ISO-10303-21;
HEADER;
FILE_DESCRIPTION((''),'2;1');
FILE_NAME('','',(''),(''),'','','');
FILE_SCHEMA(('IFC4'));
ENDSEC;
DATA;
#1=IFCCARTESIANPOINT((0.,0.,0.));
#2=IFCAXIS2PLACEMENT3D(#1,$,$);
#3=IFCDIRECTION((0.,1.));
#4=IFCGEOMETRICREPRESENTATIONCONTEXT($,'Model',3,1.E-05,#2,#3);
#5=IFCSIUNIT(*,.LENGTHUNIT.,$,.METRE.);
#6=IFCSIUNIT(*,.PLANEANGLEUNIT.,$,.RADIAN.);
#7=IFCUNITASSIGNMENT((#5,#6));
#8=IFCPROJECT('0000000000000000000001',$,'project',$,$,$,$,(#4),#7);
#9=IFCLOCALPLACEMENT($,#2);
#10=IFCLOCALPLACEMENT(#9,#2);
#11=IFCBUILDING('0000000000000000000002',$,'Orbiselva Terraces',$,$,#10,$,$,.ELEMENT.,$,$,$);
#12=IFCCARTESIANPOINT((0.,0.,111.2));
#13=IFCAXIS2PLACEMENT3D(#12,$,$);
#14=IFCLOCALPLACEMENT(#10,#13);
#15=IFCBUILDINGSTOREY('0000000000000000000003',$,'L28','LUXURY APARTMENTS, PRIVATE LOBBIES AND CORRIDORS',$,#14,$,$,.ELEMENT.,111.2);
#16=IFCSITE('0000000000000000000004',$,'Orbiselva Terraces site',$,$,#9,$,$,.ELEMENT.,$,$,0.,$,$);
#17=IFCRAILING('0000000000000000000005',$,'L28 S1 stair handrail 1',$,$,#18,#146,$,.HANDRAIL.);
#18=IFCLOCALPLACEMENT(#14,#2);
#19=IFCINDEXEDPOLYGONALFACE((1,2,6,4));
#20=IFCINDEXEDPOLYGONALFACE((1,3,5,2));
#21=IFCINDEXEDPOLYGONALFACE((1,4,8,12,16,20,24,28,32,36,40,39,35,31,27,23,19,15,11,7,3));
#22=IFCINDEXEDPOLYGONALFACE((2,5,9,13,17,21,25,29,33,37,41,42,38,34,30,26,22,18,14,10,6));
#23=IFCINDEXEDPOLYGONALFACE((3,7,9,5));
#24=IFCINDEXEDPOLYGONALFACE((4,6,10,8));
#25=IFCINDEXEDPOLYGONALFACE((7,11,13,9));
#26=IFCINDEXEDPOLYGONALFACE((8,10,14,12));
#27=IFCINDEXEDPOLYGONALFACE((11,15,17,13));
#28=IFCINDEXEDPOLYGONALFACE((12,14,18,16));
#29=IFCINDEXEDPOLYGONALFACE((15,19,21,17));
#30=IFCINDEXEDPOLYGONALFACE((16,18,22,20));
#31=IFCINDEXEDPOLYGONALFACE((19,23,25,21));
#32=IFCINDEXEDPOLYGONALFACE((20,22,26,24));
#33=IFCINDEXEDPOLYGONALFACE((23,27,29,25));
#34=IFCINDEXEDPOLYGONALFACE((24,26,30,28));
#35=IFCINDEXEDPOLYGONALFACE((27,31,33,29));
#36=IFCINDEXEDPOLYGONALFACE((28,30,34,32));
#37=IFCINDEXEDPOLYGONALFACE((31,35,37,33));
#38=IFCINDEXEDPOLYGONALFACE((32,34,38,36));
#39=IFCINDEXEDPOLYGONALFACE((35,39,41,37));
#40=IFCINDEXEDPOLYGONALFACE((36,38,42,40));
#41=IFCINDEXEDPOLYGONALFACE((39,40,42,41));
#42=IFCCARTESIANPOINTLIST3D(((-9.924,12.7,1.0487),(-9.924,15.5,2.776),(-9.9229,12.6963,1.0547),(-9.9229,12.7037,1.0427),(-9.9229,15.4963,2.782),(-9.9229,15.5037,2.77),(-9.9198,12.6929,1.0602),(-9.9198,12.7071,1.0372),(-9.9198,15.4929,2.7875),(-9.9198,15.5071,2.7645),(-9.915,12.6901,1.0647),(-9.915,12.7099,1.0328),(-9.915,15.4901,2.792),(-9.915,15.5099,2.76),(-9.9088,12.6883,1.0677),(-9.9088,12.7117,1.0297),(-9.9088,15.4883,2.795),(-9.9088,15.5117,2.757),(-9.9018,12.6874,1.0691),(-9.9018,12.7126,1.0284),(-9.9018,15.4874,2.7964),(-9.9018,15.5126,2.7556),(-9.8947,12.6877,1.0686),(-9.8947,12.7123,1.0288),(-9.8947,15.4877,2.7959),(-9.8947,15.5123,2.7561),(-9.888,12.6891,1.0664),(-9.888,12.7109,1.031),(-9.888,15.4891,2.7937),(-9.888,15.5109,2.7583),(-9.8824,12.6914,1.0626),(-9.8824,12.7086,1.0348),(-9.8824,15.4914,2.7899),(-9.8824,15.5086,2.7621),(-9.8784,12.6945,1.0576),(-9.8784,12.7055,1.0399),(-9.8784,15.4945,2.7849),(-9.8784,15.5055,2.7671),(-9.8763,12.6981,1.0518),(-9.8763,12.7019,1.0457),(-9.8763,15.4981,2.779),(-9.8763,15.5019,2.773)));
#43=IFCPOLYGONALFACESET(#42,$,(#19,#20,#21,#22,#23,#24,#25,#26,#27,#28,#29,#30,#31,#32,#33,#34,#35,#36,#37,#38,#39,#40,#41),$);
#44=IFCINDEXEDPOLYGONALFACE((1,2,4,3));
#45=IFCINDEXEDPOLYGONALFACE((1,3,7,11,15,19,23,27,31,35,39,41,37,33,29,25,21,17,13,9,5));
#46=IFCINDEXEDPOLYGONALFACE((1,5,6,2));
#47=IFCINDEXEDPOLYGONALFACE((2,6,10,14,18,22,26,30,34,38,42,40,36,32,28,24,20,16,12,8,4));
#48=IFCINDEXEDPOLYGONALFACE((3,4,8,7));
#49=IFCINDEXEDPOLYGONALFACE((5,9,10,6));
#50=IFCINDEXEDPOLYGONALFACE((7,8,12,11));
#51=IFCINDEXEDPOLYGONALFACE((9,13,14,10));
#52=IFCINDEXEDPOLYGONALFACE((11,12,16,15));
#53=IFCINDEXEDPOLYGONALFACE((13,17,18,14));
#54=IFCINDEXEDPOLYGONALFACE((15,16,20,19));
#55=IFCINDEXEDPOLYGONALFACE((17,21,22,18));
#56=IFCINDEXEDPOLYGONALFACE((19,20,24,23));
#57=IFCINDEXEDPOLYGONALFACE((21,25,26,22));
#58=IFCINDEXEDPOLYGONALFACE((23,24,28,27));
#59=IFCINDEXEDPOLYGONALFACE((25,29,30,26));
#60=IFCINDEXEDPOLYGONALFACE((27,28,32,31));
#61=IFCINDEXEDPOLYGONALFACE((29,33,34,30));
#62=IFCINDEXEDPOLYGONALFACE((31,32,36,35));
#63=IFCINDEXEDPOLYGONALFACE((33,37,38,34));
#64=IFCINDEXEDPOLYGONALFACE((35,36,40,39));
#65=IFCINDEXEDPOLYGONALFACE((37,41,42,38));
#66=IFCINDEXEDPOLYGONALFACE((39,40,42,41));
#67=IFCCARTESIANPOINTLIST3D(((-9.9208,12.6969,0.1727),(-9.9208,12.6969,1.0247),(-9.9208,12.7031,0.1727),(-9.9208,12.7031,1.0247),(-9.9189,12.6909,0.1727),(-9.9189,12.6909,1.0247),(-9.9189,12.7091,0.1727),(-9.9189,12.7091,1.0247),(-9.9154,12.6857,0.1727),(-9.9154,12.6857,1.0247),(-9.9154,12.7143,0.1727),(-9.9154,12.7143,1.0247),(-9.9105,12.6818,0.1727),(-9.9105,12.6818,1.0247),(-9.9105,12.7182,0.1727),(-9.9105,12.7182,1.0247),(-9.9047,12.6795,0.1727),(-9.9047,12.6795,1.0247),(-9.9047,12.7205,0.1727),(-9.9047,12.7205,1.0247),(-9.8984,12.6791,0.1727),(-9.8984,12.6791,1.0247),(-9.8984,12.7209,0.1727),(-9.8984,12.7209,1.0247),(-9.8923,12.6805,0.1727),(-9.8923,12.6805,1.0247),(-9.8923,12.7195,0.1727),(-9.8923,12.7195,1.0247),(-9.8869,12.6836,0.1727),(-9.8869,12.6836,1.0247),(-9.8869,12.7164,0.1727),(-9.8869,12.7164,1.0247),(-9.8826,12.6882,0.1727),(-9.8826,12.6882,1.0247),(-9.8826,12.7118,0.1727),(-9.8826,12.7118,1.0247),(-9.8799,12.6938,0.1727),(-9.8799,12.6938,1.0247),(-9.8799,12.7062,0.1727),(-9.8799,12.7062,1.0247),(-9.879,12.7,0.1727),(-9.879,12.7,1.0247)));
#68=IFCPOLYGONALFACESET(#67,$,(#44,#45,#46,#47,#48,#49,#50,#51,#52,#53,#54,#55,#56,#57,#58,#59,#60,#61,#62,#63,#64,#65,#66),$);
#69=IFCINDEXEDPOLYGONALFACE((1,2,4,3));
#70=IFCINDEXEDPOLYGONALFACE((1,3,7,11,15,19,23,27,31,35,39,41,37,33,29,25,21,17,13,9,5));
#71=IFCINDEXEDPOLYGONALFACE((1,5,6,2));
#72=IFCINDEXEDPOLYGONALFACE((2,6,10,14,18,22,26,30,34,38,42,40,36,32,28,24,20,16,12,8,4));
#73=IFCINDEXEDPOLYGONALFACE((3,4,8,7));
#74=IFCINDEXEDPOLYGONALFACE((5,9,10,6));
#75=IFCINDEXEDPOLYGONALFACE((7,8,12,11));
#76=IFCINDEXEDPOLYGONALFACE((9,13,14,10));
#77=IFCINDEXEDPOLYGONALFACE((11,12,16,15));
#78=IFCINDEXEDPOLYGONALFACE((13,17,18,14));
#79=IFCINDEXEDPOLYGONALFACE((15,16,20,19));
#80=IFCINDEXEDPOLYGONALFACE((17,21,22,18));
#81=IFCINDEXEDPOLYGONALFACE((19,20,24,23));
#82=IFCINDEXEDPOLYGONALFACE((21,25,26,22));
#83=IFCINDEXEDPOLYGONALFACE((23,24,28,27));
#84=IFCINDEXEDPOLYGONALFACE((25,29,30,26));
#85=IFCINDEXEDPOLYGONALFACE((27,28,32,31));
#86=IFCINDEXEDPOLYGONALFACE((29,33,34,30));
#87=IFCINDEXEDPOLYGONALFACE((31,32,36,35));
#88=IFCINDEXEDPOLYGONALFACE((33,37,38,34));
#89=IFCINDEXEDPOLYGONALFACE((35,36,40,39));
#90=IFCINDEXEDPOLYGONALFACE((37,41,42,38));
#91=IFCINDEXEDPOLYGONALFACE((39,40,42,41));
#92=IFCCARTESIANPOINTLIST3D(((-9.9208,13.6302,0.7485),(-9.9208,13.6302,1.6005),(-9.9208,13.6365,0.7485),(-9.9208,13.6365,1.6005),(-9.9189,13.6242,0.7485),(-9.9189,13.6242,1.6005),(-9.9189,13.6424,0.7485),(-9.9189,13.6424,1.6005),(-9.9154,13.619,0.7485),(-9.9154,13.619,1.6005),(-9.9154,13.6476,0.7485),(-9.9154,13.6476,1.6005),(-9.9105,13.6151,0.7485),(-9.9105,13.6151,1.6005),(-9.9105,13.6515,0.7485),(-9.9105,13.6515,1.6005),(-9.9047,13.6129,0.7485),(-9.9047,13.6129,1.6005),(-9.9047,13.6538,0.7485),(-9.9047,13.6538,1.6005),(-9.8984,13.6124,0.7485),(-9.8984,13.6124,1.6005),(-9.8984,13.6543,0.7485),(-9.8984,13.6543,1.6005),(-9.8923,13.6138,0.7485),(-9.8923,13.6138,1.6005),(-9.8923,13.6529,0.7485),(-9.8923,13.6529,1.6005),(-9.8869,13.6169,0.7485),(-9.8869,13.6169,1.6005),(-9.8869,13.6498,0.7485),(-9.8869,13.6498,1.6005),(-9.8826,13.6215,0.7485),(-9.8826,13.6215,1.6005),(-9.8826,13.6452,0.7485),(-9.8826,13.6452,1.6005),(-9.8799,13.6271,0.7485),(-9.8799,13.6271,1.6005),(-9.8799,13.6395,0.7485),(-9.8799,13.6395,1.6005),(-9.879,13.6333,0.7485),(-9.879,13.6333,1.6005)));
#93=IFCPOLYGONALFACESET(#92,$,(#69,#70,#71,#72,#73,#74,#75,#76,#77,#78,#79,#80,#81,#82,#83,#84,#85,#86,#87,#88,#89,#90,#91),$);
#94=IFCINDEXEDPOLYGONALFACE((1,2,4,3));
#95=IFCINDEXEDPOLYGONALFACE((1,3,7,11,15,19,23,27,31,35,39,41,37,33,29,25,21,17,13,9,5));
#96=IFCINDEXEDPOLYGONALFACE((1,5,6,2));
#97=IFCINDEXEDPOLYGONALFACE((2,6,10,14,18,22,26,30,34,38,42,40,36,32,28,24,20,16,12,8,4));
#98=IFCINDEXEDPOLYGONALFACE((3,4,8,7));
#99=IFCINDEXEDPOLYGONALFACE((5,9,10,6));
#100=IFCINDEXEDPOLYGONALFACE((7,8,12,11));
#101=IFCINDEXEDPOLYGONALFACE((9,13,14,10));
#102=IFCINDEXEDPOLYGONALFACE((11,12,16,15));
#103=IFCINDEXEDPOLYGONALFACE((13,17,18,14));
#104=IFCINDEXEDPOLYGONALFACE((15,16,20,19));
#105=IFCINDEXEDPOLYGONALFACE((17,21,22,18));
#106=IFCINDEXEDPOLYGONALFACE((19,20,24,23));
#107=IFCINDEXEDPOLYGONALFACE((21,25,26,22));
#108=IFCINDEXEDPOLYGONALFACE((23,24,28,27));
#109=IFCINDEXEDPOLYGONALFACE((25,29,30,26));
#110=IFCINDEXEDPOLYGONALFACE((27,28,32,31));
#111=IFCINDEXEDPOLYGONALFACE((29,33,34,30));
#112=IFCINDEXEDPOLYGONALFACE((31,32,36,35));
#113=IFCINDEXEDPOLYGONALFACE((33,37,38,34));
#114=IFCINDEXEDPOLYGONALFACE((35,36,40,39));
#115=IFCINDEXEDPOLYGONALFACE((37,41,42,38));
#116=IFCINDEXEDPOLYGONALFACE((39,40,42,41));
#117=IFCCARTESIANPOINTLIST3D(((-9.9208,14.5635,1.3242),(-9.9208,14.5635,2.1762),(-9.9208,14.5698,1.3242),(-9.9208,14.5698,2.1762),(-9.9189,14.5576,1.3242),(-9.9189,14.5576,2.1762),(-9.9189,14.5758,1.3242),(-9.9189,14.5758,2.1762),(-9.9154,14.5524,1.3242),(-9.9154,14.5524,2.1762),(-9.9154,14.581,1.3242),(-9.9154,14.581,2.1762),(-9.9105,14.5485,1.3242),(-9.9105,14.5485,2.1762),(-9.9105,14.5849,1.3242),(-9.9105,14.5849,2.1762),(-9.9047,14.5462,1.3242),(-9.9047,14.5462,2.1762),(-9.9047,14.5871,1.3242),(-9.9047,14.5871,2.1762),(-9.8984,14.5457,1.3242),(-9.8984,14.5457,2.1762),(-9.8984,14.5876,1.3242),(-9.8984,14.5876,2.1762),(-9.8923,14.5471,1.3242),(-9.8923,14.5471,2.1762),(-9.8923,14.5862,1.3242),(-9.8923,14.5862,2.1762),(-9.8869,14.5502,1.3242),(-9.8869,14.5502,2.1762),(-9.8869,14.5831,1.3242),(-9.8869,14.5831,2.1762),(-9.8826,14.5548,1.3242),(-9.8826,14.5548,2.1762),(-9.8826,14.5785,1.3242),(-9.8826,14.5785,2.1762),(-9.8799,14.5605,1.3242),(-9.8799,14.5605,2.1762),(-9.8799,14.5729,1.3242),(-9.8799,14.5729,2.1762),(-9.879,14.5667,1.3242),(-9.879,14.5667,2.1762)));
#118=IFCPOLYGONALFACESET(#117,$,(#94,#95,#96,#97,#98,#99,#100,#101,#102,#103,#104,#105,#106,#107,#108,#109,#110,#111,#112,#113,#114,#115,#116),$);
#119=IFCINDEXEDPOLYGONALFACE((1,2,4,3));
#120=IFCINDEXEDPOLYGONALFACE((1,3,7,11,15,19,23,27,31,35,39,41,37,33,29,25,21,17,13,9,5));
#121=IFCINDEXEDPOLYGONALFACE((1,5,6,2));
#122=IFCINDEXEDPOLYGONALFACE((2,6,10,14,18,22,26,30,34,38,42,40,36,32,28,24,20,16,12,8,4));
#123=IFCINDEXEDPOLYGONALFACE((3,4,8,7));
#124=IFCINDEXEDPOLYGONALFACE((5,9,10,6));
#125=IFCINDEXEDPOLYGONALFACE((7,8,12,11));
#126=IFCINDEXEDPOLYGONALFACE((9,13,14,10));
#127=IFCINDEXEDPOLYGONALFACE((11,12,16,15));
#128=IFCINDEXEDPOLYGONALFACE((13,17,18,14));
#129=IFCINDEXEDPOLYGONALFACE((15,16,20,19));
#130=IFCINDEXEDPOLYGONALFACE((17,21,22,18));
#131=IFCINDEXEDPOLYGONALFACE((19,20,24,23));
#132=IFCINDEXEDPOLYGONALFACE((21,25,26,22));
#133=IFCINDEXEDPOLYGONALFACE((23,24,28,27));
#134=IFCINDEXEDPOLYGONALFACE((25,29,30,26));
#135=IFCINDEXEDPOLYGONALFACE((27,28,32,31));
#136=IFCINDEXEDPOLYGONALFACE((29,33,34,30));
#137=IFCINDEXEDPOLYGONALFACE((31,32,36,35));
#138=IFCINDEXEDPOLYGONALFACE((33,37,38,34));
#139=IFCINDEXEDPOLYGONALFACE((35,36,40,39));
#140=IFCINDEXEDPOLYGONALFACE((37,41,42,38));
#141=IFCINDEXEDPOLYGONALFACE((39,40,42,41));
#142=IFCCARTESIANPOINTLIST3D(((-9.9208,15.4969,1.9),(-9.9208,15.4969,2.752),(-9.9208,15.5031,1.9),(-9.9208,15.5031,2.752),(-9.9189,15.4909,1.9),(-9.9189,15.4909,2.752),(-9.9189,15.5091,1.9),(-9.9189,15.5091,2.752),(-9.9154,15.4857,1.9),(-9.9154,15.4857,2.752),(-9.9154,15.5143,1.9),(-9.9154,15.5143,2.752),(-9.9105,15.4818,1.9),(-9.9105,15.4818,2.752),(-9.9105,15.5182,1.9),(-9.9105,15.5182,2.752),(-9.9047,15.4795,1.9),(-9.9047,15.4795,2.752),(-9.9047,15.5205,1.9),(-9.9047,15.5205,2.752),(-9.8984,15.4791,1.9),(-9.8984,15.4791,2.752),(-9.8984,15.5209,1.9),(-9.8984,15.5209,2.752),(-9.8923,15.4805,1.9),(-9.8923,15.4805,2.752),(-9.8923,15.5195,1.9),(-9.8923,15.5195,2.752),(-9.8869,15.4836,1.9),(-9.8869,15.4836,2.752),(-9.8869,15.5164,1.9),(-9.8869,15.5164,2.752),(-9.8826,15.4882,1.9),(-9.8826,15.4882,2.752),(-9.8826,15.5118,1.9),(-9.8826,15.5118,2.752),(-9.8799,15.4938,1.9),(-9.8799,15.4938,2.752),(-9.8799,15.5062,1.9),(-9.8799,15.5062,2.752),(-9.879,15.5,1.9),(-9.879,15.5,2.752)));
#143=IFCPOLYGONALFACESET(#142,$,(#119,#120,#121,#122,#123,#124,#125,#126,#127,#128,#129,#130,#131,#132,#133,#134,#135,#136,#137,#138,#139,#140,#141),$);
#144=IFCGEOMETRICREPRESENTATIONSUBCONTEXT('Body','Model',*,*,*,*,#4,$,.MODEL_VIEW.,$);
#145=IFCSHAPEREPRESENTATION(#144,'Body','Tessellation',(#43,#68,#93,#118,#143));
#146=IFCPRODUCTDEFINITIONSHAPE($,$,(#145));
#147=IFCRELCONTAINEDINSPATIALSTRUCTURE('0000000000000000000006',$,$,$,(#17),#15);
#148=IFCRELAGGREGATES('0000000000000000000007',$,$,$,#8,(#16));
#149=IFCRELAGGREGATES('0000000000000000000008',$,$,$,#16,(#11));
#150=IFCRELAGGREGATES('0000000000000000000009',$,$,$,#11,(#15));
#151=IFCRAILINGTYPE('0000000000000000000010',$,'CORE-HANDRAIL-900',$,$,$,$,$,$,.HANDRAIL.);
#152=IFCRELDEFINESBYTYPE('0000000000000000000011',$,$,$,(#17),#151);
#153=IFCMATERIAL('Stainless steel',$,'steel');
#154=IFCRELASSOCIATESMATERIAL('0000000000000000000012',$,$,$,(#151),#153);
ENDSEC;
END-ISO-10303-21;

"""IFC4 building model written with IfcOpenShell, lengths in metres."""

from ifc_helpers import new_model, si_unit, direction, frame, origin, origin_2d, place, context, subcontext, project, spatial, circle, extrude, material, type_object, element, save


model = new_model("IFC4")

# Units and contexts
model_context = context("Model", 3, precision=1e-05, world=origin(), true_north=direction((0.0, 1.0)))
body_context = subcontext(model_context, "Body", "Model", "MODEL_VIEW")
ifc_project = project(units=[si_unit("LENGTHUNIT", "METRE"), si_unit("PLANEANGLEUNIT", "RADIAN")], contexts=[model_context])

# Site, building, storey
site_placement = place(None, origin())
site = spatial("IfcSite", under=ifc_project, at=site_placement, Name="Orbiselva Terraces site", CompositionType="ELEMENT", RefElevation=0.0)
building_placement = place(site_placement, origin())
building = spatial("IfcBuilding", under=site, at=building_placement, Name="Orbiselva Terraces", CompositionType="ELEMENT")
storey_placement = place(building_placement, frame((0.0, 0.0, 111.2)))
storey = spatial("IfcBuildingStorey", under=building, at=storey_placement, Name="L28", Description="LUXURY APARTMENTS, PRIVATE LOBBIES AND CORRIDORS", CompositionType="ELEMENT", Elevation=111.2)

# Railing
ifc_material_1 = material(Name="Stainless steel", Category="steel")
railing_type_1 = type_object("IfcRailingType", Name="CORE-HANDRAIL-900", PredefinedType="HANDRAIL", material=ifc_material_1)
railing_1_placement = place(storey_placement, frame((-9.9, 12.7, 0.1727)))
element("IfcRailing", 1, at=railing_1_placement, inside=storey, type_object=railing_type_1, Name="L28 S1 stair handrail 1", PredefinedType="HANDRAIL", context=body_context, shape_type="SweptSolid", body=[
    extrude(circle(Radius=0.024, at=origin_2d()), frame((0.0, 0.0, 0.876), z_axis=(0.0, 0.851089, 0.525022), x_axis=(-1.0, 0.0, 0.0)), (0.0, 0.0, 1.0), 3.2899),
    extrude(circle(Radius=0.021, at=origin_2d()), origin(), (0.0, 0.0, 1.0), 0.852),
    extrude(circle(Radius=0.021, at=origin_2d()), frame((0.0, 0.9333, 0.5758)), (0.0, 0.0, 1.0), 0.852),
    extrude(circle(Radius=0.021, at=origin_2d()), frame((0.0, 1.8667, 1.1515)), (0.0, 0.0, 1.0), 0.852),
    extrude(circle(Radius=0.021, at=origin_2d()), frame((0.0, 2.8, 1.7273)), (0.0, 0.0, 1.0), 0.852),
])

save(model, "model.ifc")
